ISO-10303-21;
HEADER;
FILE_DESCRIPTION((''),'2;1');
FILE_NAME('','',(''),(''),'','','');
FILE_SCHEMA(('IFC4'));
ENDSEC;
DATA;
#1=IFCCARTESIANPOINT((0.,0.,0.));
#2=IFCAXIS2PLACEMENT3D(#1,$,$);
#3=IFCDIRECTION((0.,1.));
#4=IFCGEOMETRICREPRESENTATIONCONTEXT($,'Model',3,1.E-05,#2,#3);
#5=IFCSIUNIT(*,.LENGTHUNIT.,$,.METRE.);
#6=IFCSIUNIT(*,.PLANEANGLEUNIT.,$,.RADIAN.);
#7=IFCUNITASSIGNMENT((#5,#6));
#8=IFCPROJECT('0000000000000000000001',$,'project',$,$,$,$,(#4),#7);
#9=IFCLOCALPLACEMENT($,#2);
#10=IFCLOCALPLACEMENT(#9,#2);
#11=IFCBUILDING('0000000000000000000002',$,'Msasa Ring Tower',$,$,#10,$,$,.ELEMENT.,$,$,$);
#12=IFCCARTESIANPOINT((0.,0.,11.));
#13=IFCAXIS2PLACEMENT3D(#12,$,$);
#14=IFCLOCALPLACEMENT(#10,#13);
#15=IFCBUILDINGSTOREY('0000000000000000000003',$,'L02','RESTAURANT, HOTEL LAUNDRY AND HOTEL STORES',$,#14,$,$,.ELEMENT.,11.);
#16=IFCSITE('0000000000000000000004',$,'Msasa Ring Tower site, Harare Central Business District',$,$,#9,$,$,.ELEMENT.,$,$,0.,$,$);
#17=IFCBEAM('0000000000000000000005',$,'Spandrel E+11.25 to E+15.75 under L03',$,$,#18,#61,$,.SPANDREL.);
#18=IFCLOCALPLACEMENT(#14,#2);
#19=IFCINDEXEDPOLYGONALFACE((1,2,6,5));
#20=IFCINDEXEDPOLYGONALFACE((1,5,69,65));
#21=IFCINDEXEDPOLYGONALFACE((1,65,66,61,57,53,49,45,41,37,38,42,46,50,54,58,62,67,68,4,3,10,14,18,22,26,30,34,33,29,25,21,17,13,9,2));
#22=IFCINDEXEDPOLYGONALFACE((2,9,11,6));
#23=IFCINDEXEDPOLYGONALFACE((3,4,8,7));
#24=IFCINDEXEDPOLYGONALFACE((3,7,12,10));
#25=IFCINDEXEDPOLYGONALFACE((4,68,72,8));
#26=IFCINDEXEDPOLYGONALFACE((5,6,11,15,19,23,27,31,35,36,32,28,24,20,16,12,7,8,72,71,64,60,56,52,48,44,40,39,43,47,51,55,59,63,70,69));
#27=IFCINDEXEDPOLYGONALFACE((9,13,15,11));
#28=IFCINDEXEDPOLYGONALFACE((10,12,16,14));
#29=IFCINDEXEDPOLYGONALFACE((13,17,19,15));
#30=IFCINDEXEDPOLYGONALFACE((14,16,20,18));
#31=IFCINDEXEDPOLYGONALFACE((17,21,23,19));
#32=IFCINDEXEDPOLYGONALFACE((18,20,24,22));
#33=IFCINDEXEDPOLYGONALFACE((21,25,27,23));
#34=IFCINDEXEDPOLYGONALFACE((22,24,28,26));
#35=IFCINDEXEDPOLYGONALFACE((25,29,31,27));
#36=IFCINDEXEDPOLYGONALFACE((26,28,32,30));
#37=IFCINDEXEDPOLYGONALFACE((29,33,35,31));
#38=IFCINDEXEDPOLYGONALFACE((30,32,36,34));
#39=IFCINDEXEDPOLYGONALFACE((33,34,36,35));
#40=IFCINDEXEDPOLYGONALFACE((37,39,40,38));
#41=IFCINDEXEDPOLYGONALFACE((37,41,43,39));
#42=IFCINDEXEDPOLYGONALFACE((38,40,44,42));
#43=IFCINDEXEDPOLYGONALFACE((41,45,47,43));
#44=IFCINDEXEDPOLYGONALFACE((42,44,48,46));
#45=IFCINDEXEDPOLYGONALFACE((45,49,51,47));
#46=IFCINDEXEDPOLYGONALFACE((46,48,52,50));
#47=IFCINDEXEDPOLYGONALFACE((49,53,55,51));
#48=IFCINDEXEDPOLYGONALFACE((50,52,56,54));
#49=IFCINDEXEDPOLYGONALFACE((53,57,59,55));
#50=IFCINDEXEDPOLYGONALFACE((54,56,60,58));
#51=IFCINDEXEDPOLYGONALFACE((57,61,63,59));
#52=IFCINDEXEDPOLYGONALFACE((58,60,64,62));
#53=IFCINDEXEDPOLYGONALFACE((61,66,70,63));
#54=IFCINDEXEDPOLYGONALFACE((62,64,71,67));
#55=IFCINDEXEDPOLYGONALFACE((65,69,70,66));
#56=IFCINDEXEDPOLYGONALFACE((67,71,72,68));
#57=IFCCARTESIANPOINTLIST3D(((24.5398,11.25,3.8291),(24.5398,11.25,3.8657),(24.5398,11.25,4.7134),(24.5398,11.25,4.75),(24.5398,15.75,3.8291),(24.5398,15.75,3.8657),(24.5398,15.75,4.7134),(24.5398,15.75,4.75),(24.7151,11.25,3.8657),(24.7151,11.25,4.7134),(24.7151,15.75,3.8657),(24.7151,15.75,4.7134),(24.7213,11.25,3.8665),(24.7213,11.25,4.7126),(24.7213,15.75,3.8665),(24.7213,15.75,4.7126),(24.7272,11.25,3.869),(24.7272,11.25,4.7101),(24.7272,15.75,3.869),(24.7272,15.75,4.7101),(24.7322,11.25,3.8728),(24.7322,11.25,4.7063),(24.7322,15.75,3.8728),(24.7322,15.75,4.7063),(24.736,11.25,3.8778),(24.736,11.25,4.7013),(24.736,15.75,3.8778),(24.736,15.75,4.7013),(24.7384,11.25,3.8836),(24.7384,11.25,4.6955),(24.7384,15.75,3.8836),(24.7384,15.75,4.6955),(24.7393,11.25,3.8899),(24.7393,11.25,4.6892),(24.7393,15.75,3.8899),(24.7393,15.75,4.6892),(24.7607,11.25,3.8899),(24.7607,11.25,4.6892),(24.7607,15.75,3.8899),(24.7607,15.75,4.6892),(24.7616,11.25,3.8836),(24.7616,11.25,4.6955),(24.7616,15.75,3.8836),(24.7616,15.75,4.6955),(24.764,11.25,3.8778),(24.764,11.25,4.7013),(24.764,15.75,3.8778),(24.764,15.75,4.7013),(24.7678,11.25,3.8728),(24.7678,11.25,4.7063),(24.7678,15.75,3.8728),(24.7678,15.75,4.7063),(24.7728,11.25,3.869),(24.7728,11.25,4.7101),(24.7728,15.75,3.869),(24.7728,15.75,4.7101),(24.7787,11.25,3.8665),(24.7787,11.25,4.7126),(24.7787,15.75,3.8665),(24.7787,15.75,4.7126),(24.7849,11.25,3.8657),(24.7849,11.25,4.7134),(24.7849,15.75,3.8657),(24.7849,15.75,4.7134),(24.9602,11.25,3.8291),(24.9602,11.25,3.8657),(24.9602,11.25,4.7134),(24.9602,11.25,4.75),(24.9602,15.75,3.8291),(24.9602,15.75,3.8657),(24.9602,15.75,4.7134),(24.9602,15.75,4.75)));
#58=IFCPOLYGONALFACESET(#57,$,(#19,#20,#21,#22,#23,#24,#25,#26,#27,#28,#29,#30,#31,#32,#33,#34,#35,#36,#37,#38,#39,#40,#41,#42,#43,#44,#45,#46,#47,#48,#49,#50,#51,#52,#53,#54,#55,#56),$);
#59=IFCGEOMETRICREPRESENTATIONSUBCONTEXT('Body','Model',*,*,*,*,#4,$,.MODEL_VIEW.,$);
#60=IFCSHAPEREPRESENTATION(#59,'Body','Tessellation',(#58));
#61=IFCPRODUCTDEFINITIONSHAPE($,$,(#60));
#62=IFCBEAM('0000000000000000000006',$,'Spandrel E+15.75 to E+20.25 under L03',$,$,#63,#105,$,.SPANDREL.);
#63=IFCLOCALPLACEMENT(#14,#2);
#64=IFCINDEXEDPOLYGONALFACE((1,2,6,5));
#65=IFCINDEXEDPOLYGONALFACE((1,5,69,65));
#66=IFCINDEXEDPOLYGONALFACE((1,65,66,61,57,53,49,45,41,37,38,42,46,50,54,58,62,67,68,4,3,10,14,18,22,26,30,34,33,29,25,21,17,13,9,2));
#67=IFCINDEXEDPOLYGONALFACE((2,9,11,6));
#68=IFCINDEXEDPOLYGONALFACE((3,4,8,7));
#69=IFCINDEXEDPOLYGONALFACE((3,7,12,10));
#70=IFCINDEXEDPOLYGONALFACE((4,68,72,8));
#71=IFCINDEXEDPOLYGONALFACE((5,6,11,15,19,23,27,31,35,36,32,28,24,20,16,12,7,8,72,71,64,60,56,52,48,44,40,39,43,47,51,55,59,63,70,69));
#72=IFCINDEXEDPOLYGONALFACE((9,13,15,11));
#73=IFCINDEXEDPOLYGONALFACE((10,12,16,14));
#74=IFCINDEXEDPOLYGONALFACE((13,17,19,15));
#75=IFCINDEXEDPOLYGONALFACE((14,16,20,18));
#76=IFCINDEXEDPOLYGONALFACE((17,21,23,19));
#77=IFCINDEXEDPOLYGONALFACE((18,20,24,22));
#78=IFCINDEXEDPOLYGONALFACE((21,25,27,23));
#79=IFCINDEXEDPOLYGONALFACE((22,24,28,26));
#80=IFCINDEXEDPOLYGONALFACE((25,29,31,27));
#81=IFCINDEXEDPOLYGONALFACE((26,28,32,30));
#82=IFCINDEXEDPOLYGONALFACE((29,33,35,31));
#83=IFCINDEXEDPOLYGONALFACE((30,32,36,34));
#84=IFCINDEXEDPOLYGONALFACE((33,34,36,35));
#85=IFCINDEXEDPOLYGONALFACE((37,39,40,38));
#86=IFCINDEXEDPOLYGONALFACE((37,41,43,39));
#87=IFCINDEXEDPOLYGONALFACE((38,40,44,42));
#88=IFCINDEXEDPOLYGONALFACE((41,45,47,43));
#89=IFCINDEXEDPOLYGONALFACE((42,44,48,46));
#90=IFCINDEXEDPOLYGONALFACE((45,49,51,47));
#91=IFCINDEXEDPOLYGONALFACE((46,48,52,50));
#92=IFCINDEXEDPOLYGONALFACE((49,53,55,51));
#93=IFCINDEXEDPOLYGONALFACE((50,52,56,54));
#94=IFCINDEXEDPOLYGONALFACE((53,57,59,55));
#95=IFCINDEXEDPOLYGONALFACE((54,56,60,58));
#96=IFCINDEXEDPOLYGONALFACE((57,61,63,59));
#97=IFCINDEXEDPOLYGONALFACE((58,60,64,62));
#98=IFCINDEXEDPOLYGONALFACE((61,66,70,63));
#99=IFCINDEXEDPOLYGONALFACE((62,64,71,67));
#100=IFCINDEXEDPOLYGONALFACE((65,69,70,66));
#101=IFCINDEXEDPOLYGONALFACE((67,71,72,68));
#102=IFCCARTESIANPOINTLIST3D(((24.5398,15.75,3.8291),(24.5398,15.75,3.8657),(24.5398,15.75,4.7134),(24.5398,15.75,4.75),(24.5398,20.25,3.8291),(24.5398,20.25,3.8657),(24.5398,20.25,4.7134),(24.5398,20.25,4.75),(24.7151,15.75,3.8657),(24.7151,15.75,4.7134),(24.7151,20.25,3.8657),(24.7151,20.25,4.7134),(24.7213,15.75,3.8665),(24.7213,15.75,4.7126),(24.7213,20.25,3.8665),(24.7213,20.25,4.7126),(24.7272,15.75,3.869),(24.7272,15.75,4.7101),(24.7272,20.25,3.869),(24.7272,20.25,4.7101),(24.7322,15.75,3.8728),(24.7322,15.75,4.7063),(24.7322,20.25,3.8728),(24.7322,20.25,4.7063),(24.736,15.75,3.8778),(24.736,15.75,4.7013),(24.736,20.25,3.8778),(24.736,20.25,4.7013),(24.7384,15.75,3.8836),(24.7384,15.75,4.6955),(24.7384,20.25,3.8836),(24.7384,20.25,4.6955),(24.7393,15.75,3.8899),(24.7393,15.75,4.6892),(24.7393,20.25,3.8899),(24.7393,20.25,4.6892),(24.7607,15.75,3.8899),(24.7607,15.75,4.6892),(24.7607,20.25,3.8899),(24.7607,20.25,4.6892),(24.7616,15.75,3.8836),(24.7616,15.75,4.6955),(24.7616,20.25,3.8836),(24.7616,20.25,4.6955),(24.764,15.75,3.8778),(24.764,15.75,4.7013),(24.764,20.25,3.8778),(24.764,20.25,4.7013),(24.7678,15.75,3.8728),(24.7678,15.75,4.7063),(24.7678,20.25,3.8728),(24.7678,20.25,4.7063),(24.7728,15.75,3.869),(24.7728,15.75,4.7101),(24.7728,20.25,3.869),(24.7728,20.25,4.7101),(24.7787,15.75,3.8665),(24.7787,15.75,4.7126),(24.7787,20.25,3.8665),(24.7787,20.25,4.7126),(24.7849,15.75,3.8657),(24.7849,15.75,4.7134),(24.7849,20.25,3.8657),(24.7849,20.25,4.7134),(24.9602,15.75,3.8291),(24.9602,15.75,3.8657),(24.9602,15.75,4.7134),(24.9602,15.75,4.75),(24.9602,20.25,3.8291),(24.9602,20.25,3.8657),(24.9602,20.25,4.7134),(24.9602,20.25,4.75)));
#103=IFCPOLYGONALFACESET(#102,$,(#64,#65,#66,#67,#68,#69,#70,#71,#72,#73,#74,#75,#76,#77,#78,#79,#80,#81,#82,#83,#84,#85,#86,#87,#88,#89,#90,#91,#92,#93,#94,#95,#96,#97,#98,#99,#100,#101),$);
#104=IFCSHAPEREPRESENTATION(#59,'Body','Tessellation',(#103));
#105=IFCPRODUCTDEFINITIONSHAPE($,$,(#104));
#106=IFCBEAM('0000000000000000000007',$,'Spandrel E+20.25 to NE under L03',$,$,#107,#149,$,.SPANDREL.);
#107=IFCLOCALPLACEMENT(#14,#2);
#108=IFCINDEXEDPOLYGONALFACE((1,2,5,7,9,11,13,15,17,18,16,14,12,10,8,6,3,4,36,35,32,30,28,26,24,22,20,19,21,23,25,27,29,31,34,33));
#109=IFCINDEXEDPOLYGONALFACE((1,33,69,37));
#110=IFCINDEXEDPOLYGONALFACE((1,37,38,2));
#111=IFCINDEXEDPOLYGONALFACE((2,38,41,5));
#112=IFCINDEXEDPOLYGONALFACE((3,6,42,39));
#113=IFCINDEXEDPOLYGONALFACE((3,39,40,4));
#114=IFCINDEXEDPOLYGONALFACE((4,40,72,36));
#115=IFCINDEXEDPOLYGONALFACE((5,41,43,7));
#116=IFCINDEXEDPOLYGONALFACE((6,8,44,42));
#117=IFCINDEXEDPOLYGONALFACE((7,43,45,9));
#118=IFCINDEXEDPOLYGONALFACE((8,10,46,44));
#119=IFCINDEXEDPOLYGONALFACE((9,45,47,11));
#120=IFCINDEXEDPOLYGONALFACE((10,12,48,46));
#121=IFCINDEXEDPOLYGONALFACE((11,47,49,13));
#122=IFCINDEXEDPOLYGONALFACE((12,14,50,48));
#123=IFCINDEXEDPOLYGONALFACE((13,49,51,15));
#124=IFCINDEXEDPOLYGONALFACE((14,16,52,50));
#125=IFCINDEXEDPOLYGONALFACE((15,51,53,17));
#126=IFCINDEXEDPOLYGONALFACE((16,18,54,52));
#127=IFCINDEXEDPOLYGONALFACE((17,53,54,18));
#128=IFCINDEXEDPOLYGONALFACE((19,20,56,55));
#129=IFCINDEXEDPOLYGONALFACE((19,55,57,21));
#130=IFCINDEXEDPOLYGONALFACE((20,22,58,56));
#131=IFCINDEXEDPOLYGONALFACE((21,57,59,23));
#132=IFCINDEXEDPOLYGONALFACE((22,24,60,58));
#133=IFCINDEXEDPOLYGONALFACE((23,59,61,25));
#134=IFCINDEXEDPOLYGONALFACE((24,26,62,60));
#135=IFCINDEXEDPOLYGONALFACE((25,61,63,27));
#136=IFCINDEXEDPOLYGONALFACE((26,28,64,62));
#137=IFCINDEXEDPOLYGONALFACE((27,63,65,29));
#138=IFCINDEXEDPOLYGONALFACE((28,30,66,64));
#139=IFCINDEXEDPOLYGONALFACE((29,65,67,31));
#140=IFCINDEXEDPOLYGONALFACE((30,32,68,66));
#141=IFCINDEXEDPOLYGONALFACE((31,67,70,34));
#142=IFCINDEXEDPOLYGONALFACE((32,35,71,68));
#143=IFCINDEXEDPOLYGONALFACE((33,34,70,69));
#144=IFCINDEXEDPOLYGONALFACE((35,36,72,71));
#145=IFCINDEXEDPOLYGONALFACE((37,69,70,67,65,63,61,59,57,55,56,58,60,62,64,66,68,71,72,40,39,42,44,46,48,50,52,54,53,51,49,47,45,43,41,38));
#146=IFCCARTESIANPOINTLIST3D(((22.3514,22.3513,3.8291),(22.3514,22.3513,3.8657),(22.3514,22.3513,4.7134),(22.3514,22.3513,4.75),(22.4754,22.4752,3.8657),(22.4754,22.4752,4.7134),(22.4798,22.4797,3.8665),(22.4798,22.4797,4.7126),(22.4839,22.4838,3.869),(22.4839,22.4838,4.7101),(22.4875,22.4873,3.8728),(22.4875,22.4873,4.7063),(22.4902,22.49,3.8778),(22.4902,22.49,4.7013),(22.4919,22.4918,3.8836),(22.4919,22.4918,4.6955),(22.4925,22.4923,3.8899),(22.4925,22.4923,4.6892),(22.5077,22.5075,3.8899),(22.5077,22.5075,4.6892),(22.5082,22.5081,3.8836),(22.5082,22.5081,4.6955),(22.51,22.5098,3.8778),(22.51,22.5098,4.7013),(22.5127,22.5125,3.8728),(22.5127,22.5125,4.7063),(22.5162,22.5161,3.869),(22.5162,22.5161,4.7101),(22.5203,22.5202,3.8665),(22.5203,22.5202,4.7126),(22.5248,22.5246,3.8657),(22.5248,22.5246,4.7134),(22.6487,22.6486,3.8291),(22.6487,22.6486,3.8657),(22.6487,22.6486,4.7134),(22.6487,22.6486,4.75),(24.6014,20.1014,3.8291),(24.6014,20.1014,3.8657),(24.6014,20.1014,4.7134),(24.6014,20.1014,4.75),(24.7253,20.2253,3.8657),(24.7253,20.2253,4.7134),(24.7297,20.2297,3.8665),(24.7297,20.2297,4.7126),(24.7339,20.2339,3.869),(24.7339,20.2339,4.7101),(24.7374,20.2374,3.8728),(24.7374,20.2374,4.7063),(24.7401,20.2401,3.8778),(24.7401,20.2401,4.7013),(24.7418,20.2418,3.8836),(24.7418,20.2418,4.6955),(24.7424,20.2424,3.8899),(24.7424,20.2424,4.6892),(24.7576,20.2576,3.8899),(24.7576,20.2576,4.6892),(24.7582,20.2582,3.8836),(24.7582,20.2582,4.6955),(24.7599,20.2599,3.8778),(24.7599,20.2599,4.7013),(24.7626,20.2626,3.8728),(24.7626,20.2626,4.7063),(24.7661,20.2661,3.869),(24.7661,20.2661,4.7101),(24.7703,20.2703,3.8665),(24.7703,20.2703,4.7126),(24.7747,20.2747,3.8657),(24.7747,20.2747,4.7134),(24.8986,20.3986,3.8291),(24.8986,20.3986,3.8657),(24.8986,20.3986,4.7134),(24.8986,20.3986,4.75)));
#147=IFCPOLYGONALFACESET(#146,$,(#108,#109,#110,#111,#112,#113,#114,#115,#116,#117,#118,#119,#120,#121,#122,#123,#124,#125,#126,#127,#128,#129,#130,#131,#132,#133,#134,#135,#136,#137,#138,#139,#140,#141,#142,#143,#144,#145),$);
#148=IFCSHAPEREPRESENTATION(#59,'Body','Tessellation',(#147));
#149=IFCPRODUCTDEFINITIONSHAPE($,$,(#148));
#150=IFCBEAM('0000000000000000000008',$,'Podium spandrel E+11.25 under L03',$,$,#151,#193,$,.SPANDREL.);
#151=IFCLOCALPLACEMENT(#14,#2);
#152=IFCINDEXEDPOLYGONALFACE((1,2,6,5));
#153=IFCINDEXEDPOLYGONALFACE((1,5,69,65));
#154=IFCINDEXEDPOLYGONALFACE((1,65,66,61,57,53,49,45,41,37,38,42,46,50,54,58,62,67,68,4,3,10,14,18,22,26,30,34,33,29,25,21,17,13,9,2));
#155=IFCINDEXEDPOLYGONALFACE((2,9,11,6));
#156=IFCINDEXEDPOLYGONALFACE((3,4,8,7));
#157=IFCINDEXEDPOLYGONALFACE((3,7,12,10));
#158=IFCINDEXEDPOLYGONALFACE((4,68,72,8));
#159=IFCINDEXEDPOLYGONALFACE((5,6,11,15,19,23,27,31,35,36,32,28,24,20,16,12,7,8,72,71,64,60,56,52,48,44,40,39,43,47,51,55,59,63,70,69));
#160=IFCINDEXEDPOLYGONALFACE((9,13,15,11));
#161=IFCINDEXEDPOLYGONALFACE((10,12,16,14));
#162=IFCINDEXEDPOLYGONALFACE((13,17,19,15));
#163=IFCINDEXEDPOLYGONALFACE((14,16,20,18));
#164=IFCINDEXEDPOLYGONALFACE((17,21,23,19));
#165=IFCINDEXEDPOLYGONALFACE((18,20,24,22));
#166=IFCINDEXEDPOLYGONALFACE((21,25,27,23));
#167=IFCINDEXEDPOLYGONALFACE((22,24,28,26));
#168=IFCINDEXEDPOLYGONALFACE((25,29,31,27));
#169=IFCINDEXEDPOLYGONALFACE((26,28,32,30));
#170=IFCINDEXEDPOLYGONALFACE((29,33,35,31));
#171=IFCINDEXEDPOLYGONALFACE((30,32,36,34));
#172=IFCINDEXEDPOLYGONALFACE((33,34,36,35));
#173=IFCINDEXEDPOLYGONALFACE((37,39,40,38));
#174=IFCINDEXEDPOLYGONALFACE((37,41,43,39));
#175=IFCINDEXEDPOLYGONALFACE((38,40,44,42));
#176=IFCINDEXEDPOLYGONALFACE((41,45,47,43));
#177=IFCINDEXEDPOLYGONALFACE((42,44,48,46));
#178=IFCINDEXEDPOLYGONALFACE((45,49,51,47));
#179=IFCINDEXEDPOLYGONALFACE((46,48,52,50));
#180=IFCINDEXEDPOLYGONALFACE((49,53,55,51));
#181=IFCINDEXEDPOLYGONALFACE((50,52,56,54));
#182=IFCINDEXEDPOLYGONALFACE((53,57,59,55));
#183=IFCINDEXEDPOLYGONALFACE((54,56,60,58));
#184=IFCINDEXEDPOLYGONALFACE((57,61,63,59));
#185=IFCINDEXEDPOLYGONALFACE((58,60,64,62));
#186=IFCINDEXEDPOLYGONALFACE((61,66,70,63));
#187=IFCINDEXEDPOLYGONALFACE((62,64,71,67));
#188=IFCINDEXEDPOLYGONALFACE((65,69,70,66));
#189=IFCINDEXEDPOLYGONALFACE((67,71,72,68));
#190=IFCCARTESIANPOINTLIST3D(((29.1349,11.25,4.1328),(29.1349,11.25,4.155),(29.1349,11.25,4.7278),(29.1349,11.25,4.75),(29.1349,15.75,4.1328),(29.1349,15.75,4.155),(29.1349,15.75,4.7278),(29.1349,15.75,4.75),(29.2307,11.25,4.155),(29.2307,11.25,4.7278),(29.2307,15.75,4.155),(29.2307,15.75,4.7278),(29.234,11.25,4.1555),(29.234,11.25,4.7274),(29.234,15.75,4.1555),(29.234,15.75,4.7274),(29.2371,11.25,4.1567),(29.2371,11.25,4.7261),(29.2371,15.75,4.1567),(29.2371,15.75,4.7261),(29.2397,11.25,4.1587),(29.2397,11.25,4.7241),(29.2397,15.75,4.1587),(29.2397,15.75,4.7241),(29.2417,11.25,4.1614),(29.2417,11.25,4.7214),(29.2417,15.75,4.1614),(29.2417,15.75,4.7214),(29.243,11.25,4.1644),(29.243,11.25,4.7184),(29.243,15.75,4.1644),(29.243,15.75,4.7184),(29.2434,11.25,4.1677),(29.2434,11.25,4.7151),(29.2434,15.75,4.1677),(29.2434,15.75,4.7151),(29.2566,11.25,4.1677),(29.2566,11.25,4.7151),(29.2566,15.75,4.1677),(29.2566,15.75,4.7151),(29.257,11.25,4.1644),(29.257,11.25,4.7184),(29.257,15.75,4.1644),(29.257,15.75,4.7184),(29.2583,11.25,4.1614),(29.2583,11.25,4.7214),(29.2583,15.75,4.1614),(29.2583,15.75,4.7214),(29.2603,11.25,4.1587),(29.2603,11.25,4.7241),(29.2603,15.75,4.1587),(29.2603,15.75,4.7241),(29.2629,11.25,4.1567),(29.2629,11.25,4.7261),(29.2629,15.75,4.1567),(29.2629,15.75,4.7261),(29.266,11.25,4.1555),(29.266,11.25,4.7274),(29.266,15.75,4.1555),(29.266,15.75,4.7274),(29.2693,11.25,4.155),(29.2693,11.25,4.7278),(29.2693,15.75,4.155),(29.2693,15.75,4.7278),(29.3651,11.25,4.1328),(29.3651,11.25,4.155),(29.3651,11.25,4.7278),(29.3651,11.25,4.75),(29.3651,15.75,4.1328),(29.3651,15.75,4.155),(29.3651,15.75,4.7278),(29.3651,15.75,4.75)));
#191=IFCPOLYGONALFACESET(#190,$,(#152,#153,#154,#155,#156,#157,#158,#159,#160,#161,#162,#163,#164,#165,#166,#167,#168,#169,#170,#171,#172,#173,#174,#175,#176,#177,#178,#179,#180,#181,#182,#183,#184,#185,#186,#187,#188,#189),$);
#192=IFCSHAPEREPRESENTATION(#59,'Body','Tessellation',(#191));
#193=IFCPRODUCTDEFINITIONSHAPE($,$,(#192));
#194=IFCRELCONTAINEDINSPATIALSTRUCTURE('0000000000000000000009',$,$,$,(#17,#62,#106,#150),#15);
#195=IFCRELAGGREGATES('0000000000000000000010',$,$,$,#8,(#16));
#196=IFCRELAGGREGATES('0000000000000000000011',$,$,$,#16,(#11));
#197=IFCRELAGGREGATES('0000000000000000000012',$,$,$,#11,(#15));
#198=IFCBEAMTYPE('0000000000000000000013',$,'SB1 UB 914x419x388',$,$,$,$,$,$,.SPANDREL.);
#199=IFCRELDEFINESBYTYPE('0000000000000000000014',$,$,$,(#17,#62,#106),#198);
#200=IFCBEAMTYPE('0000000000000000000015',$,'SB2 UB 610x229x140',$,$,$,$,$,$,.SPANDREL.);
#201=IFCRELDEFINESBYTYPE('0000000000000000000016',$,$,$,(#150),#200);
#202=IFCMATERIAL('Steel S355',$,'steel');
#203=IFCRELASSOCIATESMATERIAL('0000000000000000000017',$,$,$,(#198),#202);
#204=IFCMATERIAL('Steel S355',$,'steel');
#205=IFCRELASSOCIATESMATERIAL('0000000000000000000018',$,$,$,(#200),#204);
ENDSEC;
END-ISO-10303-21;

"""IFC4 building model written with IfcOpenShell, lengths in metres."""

from ifc_helpers import new_model, si_unit, direction, frame, origin, origin_2d, place, context, subcontext, project, spatial, i_section, extrude, material, material_profile, profile_set, type_object, element, save


model = new_model("IFC4")

# Units and contexts
model_context = context("Model", 3, precision=1e-05, world=origin(), true_north=direction((0.0, 1.0)))
body_context = subcontext(model_context, "Body", "Model", "MODEL_VIEW")
ifc_project = project(units=[si_unit("LENGTHUNIT", "METRE"), si_unit("PLANEANGLEUNIT", "RADIAN")], contexts=[model_context])

# Site, building, storey
site_placement = place(None, origin())
site = spatial("IfcSite", under=ifc_project, at=site_placement, Name="Msasa Ring Tower site, Harare Central Business District", CompositionType="ELEMENT", RefElevation=0.0)
building_placement = place(site_placement, origin())
building = spatial("IfcBuilding", under=site, at=building_placement, Name="Msasa Ring Tower", CompositionType="ELEMENT")
storey_placement = place(building_placement, frame((0.0, 0.0, 11.0)))
storey = spatial("IfcBuildingStorey", under=building, at=storey_placement, Name="L02", Description="RESTAURANT, HOTEL LAUNDRY AND HOTEL STORES", CompositionType="ELEMENT", Elevation=11.0)

# Beams
ifc_material_1 = material(Name="Steel S355", Category="steel")
ifc_material_profile_1 = material_profile(ifc_material_1, i_section(OverallWidth=0.4204, OverallDepth=0.9209, WebThickness=0.0215, FlangeThickness=0.0366, FilletRadius=0.0242, at=origin_2d()), Name="UB 914x419x388")
ifc_profile_set_1 = profile_set([ifc_material_profile_1], Name="Steel S355")
beam_type_1 = type_object("IfcBeamType", Name="SB1 UB 914x419x388", PredefinedType="SPANDREL", material=ifc_profile_set_1)
for number, where, z_axis, x_axis, name in (
    (1, (24.75, 11.25, 4.2896), (0.0, 1.0, 0.0), (-1.0, 0.0, 0.0), "Spandrel E+11.25 to E+15.75 under L03"),
    (2, (24.75, 15.75, 4.2896), (0.0, 1.0, 0.0), (-1.0, 0.0, 0.0), "Spandrel E+15.75 to E+20.25 under L03"),
):
    element("IfcBeam", number, at=place(storey_placement, frame(where, z_axis=z_axis, x_axis=x_axis)), inside=storey, type_object=beam_type_1, Name=name, PredefinedType="SPANDREL", context=body_context, shape_type="SweptSolid", body=[
        extrude(i_section(OverallWidth=0.4204, OverallDepth=0.9209, WebThickness=0.0215, FlangeThickness=0.0366, FilletRadius=0.0242, at=origin_2d()), origin(), (0.0, 0.0, 1.0), 4.5),
    ])
beam_placement = place(storey_placement, frame((24.75, 20.25, 4.2896), z_axis=(-0.707107, 0.707107, 0.0), x_axis=(-0.707107, -0.707107, 0.0)))
element("IfcBeam", 3, at=beam_placement, inside=storey, type_object=beam_type_1, Name="Spandrel E+20.25 to NE under L03", PredefinedType="SPANDREL", context=body_context, shape_type="SweptSolid", body=[
    extrude(i_section(OverallWidth=0.4204, OverallDepth=0.9209, WebThickness=0.0215, FlangeThickness=0.0366, FilletRadius=0.0242, at=origin_2d()), origin(), (0.0, 0.0, 1.0), 3.1819),
])
ifc_material_2 = material(Name="Steel S355", Category="steel")
ifc_material_profile_2 = material_profile(ifc_material_2, i_section(OverallWidth=0.2302, OverallDepth=0.6172, WebThickness=0.0132, FlangeThickness=0.0222, FilletRadius=0.0127, at=origin_2d()), Name="UB 610x229x140")
ifc_profile_set_2 = profile_set([ifc_material_profile_2], Name="Steel S355")
beam_type_2 = type_object("IfcBeamType", Name="SB2 UB 610x229x140", PredefinedType="SPANDREL", material=ifc_profile_set_2)
for number, where, z_axis, x_axis, name in (
    (4, (29.25, 11.25, 4.4414), (0.0, 1.0, 0.0), (-1.0, 0.0, 0.0), "Podium spandrel E+11.25 under L03"),
):
    element("IfcBeam", number, at=place(storey_placement, frame(where, z_axis=z_axis, x_axis=x_axis)), inside=storey, type_object=beam_type_2, Name=name, PredefinedType="SPANDREL", context=body_context, shape_type="SweptSolid", body=[
        extrude(i_section(OverallWidth=0.2302, OverallDepth=0.6172, WebThickness=0.0132, FlangeThickness=0.0222, FilletRadius=0.0127, at=origin_2d()), origin(), (0.0, 0.0, 1.0), 4.5),
    ])

save(model, "model.ifc")
